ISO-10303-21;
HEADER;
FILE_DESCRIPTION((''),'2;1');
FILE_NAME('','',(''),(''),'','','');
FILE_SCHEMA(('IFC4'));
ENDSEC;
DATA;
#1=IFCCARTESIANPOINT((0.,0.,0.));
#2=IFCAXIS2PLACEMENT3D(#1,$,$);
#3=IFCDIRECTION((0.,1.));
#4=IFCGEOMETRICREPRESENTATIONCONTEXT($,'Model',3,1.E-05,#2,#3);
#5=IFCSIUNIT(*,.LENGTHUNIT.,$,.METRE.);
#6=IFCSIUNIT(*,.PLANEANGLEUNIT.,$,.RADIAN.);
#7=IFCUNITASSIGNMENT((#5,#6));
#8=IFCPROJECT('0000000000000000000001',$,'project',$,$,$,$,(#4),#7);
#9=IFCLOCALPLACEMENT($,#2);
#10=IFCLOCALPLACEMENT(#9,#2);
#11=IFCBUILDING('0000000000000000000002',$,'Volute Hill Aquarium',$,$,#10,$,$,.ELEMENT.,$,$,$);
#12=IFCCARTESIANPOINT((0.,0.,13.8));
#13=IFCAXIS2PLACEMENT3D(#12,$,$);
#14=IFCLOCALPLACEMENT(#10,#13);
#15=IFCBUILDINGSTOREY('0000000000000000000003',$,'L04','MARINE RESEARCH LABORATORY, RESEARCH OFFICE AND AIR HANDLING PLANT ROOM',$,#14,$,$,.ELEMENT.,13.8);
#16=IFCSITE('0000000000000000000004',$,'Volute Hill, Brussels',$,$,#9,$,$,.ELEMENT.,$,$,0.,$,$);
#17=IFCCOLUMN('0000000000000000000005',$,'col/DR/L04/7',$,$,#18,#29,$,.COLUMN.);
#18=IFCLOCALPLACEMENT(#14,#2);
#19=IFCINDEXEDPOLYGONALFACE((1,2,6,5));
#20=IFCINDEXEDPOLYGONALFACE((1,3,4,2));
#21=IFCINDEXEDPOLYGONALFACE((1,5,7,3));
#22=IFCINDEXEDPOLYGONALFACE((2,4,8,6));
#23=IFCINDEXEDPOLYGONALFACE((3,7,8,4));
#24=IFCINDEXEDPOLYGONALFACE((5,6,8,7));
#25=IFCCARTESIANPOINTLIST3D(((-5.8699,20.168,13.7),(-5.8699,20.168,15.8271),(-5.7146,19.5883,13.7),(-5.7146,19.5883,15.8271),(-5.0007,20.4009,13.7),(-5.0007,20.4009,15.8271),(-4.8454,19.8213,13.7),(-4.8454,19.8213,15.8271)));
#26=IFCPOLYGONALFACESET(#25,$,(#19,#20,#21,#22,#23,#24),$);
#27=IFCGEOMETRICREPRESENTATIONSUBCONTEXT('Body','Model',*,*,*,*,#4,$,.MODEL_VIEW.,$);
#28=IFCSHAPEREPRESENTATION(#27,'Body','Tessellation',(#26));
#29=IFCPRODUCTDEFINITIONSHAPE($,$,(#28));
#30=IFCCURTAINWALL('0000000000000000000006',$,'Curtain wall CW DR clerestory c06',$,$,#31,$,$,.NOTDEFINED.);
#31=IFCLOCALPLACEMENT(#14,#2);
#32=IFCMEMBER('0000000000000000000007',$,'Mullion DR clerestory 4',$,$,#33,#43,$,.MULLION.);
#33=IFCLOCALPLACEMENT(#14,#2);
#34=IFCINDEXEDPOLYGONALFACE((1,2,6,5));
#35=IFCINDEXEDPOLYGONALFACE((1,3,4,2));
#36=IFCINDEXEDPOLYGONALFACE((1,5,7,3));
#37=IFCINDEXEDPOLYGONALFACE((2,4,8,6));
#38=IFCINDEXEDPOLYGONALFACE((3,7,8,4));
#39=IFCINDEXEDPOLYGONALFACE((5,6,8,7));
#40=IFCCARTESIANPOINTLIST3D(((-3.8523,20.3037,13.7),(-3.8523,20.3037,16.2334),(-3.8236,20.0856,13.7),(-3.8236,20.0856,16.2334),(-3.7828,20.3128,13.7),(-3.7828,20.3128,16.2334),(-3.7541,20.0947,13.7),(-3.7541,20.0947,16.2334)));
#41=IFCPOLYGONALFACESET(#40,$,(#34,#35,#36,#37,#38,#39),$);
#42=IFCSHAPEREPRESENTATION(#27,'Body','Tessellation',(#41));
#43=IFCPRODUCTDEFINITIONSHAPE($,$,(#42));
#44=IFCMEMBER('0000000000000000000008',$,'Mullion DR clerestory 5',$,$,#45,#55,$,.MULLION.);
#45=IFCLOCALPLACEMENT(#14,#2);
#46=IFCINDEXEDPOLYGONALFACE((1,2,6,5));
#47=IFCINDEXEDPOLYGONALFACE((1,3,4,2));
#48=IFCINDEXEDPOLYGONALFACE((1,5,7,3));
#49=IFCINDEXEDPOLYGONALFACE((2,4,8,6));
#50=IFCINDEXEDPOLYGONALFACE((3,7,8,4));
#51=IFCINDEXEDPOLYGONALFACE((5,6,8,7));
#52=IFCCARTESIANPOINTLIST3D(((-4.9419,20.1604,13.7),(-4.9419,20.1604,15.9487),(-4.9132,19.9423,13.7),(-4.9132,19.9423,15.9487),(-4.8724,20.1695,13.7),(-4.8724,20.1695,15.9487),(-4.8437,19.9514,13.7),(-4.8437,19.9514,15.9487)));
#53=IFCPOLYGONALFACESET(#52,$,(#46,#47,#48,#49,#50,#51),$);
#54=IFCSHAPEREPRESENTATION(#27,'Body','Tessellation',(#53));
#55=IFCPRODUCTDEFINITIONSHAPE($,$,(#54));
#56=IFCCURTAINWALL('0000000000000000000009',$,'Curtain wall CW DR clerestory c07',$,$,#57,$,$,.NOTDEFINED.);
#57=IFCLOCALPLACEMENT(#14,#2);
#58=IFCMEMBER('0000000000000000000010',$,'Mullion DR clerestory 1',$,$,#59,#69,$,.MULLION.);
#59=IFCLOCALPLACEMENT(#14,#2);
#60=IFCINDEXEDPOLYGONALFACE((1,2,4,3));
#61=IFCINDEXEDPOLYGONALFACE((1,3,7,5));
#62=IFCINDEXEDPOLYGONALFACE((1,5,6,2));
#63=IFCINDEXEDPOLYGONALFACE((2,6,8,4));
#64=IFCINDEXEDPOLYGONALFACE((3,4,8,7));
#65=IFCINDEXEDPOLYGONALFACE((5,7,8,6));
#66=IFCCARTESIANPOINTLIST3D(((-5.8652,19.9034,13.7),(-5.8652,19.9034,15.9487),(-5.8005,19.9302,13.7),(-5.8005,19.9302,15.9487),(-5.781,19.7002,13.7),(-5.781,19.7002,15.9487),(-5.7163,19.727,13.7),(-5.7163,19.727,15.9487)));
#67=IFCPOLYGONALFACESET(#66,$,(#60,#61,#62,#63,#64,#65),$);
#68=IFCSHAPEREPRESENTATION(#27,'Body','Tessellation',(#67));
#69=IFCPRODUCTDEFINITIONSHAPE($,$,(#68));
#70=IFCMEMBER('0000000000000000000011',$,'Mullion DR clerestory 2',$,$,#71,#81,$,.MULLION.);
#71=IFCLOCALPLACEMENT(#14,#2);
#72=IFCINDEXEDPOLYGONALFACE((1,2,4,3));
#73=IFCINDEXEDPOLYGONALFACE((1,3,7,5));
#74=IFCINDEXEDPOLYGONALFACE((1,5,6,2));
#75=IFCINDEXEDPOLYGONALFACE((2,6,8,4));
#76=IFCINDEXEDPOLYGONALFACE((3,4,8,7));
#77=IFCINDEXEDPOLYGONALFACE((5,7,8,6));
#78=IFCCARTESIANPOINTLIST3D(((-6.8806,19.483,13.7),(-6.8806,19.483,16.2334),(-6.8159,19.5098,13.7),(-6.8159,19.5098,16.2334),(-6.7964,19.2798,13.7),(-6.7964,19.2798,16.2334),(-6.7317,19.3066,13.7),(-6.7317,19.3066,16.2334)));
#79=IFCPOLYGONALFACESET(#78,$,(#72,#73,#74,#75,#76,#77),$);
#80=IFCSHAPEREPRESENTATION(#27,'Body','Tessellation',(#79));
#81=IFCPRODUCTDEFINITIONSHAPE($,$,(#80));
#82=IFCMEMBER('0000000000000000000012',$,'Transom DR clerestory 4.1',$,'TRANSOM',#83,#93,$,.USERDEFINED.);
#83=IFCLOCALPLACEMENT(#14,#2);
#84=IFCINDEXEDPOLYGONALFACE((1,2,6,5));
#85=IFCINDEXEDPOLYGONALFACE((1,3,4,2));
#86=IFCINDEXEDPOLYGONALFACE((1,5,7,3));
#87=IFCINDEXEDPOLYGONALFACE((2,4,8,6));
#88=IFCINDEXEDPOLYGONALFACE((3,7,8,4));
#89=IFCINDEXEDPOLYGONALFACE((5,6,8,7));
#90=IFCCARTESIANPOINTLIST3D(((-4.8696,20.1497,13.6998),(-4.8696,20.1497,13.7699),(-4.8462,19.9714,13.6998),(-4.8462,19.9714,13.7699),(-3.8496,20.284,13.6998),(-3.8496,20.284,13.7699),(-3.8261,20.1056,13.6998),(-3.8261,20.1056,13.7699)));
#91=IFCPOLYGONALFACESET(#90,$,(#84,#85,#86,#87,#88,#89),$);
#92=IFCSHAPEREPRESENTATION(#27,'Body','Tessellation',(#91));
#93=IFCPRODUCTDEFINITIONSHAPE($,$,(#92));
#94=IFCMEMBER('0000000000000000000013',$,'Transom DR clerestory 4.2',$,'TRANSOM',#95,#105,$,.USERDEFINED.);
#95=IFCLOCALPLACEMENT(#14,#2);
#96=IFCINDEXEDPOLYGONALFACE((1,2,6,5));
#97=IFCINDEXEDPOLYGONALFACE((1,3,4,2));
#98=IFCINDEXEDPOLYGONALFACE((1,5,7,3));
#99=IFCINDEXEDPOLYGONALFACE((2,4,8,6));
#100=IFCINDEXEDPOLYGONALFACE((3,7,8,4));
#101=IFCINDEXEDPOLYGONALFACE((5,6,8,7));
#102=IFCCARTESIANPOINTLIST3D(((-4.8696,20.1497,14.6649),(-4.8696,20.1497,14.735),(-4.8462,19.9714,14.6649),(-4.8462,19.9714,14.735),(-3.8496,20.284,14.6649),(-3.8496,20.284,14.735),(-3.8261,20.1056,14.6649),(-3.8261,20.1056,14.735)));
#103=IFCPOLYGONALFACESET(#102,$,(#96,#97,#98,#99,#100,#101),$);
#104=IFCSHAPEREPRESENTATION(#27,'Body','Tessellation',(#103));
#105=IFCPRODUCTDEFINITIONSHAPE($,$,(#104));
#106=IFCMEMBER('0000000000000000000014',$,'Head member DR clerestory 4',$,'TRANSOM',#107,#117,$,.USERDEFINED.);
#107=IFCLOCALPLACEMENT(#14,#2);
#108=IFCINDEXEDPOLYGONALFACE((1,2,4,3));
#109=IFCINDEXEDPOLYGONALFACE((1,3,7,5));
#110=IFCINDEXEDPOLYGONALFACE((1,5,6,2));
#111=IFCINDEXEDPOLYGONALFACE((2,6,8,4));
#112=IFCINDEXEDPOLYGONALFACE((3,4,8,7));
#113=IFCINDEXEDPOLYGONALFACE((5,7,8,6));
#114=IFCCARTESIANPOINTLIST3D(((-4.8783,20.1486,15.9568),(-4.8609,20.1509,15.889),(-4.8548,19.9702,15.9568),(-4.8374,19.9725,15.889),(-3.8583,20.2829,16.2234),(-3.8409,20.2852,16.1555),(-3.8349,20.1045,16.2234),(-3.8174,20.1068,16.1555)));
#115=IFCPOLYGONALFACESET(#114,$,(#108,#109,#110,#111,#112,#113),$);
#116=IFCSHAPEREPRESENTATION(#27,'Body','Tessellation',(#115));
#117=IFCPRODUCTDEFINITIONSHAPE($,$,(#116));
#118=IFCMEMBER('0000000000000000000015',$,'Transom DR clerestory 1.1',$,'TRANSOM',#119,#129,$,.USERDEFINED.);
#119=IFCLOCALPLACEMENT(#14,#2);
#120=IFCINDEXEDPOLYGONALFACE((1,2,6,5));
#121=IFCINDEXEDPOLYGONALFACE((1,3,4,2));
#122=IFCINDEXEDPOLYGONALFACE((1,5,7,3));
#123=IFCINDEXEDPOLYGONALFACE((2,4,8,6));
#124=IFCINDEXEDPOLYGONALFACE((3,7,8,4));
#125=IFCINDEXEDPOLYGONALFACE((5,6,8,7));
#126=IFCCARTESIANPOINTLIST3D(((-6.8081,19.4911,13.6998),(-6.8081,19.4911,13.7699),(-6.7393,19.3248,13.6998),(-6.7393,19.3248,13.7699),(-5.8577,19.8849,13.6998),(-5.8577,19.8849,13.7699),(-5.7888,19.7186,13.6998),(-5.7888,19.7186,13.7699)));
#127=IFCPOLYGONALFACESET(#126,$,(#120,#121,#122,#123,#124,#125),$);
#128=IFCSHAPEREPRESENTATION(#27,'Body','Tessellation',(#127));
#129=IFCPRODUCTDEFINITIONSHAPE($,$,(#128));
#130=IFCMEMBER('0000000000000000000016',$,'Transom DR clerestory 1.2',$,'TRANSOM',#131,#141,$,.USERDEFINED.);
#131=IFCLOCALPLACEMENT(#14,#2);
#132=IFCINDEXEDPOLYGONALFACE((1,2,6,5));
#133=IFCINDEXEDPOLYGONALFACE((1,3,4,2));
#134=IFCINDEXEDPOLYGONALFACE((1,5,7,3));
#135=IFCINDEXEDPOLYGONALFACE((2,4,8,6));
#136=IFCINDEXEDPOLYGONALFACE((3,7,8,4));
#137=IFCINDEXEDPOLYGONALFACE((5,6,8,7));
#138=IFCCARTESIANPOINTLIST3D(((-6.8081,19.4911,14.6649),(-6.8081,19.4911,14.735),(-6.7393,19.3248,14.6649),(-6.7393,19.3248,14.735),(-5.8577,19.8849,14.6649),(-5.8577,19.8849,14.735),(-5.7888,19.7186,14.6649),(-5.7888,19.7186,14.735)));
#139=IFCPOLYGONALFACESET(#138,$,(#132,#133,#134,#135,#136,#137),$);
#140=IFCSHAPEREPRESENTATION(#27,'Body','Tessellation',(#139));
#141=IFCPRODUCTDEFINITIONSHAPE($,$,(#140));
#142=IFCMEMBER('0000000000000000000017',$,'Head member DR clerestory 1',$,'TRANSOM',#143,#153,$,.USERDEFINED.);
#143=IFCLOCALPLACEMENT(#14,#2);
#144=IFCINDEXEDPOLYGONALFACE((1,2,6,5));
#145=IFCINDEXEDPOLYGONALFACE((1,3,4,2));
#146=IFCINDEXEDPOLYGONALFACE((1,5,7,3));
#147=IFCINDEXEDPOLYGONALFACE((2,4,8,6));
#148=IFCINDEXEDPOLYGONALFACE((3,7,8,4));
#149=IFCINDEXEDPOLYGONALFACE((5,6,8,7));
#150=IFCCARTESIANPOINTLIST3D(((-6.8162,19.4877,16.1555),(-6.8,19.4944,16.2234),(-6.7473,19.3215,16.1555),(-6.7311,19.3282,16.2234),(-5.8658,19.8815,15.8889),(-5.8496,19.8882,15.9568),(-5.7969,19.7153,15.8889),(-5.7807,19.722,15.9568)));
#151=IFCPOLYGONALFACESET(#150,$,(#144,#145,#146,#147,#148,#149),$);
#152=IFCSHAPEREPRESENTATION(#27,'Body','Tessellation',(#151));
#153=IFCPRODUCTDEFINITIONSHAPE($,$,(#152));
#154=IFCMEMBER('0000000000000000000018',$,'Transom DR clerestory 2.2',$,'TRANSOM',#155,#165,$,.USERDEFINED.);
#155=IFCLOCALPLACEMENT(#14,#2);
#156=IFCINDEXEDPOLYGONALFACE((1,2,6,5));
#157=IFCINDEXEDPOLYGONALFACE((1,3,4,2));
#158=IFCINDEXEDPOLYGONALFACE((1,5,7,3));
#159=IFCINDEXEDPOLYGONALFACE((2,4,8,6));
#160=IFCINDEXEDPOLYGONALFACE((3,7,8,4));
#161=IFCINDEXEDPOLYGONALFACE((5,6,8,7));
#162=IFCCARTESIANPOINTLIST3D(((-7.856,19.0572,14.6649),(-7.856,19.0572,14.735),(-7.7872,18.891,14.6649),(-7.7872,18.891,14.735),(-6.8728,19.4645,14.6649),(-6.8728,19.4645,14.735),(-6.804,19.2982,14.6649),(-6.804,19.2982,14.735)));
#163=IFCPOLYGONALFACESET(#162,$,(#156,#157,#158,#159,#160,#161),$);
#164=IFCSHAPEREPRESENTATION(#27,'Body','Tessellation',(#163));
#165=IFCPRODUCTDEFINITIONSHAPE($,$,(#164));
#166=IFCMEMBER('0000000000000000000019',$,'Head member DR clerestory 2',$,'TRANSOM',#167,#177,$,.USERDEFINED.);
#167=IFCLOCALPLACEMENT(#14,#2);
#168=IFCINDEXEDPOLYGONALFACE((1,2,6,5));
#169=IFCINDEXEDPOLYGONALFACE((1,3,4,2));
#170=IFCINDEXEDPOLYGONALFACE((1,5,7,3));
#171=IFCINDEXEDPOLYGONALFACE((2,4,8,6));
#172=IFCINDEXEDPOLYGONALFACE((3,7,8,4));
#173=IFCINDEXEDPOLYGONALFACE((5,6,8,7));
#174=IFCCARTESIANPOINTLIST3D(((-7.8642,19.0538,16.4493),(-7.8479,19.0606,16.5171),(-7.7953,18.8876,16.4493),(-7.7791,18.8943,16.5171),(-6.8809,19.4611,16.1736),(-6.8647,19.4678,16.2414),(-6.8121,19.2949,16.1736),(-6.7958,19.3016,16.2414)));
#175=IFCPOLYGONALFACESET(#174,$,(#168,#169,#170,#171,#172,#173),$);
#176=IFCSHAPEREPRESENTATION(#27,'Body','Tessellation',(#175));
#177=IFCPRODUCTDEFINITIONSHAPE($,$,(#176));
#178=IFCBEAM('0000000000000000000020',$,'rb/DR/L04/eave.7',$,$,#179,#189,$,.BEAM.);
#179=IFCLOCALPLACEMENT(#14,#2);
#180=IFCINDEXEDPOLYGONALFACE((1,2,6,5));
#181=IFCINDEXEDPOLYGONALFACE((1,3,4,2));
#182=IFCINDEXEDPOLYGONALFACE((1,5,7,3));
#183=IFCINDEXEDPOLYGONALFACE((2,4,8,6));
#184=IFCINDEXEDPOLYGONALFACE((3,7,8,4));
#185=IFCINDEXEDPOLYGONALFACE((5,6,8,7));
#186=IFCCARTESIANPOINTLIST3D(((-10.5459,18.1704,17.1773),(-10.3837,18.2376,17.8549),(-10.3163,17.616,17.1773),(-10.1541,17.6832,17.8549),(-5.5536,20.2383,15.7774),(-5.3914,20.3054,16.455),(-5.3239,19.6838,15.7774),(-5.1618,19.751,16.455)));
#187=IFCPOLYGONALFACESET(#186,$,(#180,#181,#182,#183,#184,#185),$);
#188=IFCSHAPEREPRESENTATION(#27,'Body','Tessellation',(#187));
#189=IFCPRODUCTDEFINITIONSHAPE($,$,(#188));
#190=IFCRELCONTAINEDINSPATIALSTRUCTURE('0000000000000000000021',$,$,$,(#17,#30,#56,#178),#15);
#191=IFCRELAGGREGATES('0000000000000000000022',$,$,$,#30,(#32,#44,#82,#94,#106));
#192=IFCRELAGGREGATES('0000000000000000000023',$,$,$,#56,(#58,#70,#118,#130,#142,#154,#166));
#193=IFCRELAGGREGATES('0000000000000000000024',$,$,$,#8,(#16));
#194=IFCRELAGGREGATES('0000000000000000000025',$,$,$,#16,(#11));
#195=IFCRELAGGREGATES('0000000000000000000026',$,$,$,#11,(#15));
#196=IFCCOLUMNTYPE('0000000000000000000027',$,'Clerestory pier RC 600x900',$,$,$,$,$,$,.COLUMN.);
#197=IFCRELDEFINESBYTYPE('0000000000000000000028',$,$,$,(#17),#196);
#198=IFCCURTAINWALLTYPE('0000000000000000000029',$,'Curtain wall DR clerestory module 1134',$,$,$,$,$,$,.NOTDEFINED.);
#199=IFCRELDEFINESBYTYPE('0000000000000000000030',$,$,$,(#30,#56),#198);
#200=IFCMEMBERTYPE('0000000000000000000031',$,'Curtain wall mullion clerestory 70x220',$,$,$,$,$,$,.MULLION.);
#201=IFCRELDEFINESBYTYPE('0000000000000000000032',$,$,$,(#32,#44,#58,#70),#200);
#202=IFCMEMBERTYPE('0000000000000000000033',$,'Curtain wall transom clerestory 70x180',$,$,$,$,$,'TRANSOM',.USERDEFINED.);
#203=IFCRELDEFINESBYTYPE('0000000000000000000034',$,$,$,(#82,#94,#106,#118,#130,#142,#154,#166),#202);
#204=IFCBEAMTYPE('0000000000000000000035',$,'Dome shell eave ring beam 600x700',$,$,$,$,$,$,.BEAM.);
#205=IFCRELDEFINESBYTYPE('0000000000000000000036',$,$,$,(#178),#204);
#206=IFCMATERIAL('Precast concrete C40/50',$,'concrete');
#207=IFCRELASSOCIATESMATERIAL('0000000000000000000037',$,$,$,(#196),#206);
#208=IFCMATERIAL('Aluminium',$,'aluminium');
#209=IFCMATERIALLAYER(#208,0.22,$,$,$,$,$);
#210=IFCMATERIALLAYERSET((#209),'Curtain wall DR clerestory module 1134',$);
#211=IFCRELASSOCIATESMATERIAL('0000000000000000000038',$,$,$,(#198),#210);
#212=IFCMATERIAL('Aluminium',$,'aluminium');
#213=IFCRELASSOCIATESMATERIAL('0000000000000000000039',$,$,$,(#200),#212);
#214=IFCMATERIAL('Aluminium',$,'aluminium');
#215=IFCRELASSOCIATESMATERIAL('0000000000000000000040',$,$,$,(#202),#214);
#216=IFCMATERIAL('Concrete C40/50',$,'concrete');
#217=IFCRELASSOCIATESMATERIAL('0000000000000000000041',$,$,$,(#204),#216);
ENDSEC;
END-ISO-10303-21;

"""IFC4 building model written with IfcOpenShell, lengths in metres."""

from ifc_helpers import new_model, si_unit, direction, frame, origin, origin_2d, place, context, subcontext, project, spatial, rectangle, extrude, material, layer, layer_set, material_profile, profile_set, type_object, element, aggregate, save


model = new_model("IFC4")

# Units and contexts
model_context = context("Model", 3, precision=1e-05, world=origin(), true_north=direction((0.0, 1.0)))
body_context = subcontext(model_context, "Body", "Model", "MODEL_VIEW")
ifc_project = project(units=[si_unit("LENGTHUNIT", "METRE"), si_unit("PLANEANGLEUNIT", "RADIAN")], contexts=[model_context])

# Site, building, storey
site_placement = place(None, origin())
site = spatial("IfcSite", under=ifc_project, at=site_placement, Name="Volute Hill, Brussels", CompositionType="ELEMENT", RefElevation=0.0)
building_placement = place(site_placement, origin())
building = spatial("IfcBuilding", under=site, at=building_placement, Name="Volute Hill Aquarium", CompositionType="ELEMENT")
storey_placement = place(building_placement, frame((0.0, 0.0, 13.8)))
storey = spatial("IfcBuildingStorey", under=building, at=storey_placement, Name="L04", Description="MARINE RESEARCH LABORATORY, RESEARCH OFFICE AND AIR HANDLING PLANT ROOM", CompositionType="ELEMENT", Elevation=13.8)

# Column
ifc_material_1 = material(Name="Precast concrete C40/50", Category="concrete")
ifc_material_profile_1 = material_profile(ifc_material_1, rectangle(XDim=0.6001, YDim=0.8999, at=origin_2d()), Name="RC pier 600x900")
ifc_profile_set_1 = profile_set([ifc_material_profile_1], Name="Precast concrete C40/50")
column_type = type_object("IfcColumnType", Name="Clerestory pier RC 600x900", PredefinedType="COLUMN", material=ifc_profile_set_1)
column_placement = place(storey_placement, frame((-5.3577, 19.9946, 13.7), z_axis=(0.0, 0.0, 1.0), x_axis=(-0.258819, 0.965926, 0.0)))
element("IfcColumn", 1, at=column_placement, inside=storey, type_object=column_type, Name="col/DR/L04/7", PredefinedType="COLUMN", context=body_context, shape_type="SweptSolid", body=[
    extrude(rectangle(XDim=0.6001, YDim=0.8999, at=origin_2d()), origin(), (0.0, 0.0, 1.0), 2.1272),
])

# Curtain walls, members
ifc_material_2 = material(Name="Aluminium", Category="aluminium")
ifc_layer_1 = layer(ifc_material_2, 0.22)
ifc_layer_set_1 = layer_set([ifc_layer_1], Name="Curtain wall DR clerestory module 1134")
curtain_wall_type = type_object("IfcCurtainWallType", Name="Curtain wall DR clerestory module 1134", PredefinedType="NOTDEFINED", material=ifc_layer_set_1)
curtain_wall_1_placement = place(storey_placement, origin())
curtain_wall_1 = element("IfcCurtainWall", 2, at=curtain_wall_1_placement, inside=storey, type_object=curtain_wall_type, Name="Curtain wall CW DR clerestory c06", PredefinedType="NOTDEFINED")
ifc_material_3 = material(Name="Aluminium", Category="aluminium")
ifc_material_profile_2 = material_profile(ifc_material_3, rectangle(XDim=0.22, YDim=0.0701, at=origin_2d()), Name="Curtain wall mullion clerestory 70x220")
ifc_profile_set_2 = profile_set([ifc_material_profile_2], Name="Aluminium")
member_type_1 = type_object("IfcMemberType", Name="Curtain wall mullion clerestory 70x220", PredefinedType="MULLION", material=ifc_profile_set_2)
member_1_placement = place(storey_placement, frame((-3.8032, 20.1992, 13.7), z_axis=(0.0, 0.0, 1.0), x_axis=(0.130519, -0.991446, 0.0)))
member_1 = element("IfcMember", 3, at=member_1_placement, type_object=member_type_1, Name="Mullion DR clerestory 4", PredefinedType="MULLION", context=body_context, shape_type="SweptSolid", body=[
    extrude(rectangle(XDim=0.22, YDim=0.0701, at=origin_2d()), origin(), (0.0, 0.0, 1.0), 2.5334),
])
member_2_placement = place(storey_placement, frame((-4.8928, 20.0559, 13.7), z_axis=(0.0, 0.0, 1.0), x_axis=(0.130519, -0.991446, 0.0)))
member_2 = element("IfcMember", 4, at=member_2_placement, type_object=member_type_1, Name="Mullion DR clerestory 5", PredefinedType="MULLION", context=body_context, shape_type="SweptSolid", body=[
    extrude(rectangle(XDim=0.22, YDim=0.0701, at=origin_2d()), origin(), (0.0, 0.0, 1.0), 2.2488),
])
curtain_wall_2_placement = place(storey_placement, origin())
curtain_wall_2 = element("IfcCurtainWall", 5, at=curtain_wall_2_placement, inside=storey, type_object=curtain_wall_type, Name="Curtain wall CW DR clerestory c07", PredefinedType="NOTDEFINED")
member_3_placement = place(storey_placement, frame((-5.7908, 19.8152, 13.7), z_axis=(0.0, 0.0, 1.0), x_axis=(0.382696, -0.923874, 0.0)))
member_3 = element("IfcMember", 6, at=member_3_placement, type_object=member_type_1, Name="Mullion DR clerestory 1", PredefinedType="MULLION", context=body_context, shape_type="SweptSolid", body=[
    extrude(rectangle(XDim=0.22, YDim=0.0701, at=origin_2d()), origin(), (0.0, 0.0, 1.0), 2.2488),
])
member_4_placement = place(storey_placement, frame((-6.8062, 19.3948, 13.7), z_axis=(0.0, 0.0, 1.0), x_axis=(0.382696, -0.923874, 0.0)))
member_4 = element("IfcMember", 7, at=member_4_placement, type_object=member_type_1, Name="Mullion DR clerestory 2", PredefinedType="MULLION", context=body_context, shape_type="SweptSolid", body=[
    extrude(rectangle(XDim=0.22, YDim=0.0701, at=origin_2d()), origin(), (0.0, 0.0, 1.0), 2.5334),
])

# Members
ifc_material_4 = material(Name="Aluminium", Category="aluminium")
ifc_material_profile_3 = material_profile(ifc_material_4, rectangle(XDim=0.1799, YDim=0.0701, at=origin_2d()), Name="Curtain wall transom clerestory 70x180")
ifc_profile_set_3 = profile_set([ifc_material_profile_3], Name="Aluminium")
member_type_2 = type_object("IfcMemberType", Name="Curtain wall transom clerestory 70x180", ElementType="TRANSOM", PredefinedType="USERDEFINED", material=ifc_profile_set_3)
member_5_placement = place(storey_placement, frame((-3.8379, 20.1948, 13.7349), z_axis=(-0.991446, -0.130516, 0.0), x_axis=(0.130516, -0.991446, 0.0)))
member_5 = element("IfcMember", 8, at=member_5_placement, type_object=member_type_2, Name="Transom DR clerestory 4.1", ObjectType="TRANSOM", PredefinedType="USERDEFINED", context=body_context, shape_type="SweptSolid", body=[
    extrude(rectangle(XDim=0.1799, YDim=0.0701, at=origin_2d()), origin(), (0.0, 0.0, 1.0), 1.0288),
])
member_6_placement = place(storey_placement, frame((-3.8379, 20.1948, 14.7), z_axis=(-0.991446, -0.130516, 0.0), x_axis=(0.130516, -0.991446, 0.0)))
member_6 = element("IfcMember", 9, at=member_6_placement, type_object=member_type_2, Name="Transom DR clerestory 4.2", ObjectType="TRANSOM", PredefinedType="USERDEFINED", context=body_context, shape_type="SweptSolid", body=[
    extrude(rectangle(XDim=0.1799, YDim=0.0701, at=origin_2d()), origin(), (0.0, 0.0, 1.0), 1.0288),
])
member_7_placement = place(storey_placement, frame((-3.8379, 20.1948, 16.1895), z_axis=(-0.959746, -0.126343, -0.250848), x_axis=(0.130516, -0.991446, 0.0)))
member_7 = element("IfcMember", 10, at=member_7_placement, type_object=member_type_2, Name="Head member DR clerestory 4", ObjectType="TRANSOM", PredefinedType="USERDEFINED", context=body_context, shape_type="SweptSolid", body=[
    extrude(rectangle(XDim=0.1799, YDim=0.0701, at=origin_2d()), origin(), (0.0, 0.0, 1.0), 1.0627),
])
member_8_placement = place(storey_placement, frame((-5.8232, 19.8018, 13.7349), z_axis=(-0.92384, -0.382778, 0.0), x_axis=(0.382778, -0.92384, 0.0)))
member_8 = element("IfcMember", 11, at=member_8_placement, type_object=member_type_2, Name="Transom DR clerestory 1.1", ObjectType="TRANSOM", PredefinedType="USERDEFINED", context=body_context, shape_type="SweptSolid", body=[
    extrude(rectangle(XDim=0.1799, YDim=0.0701, at=origin_2d()), origin(), (0.0, 0.0, 1.0), 1.0288),
])
member_9_placement = place(storey_placement, frame((-5.8232, 19.8018, 14.7), z_axis=(-0.92384, -0.382778, 0.0), x_axis=(0.382778, -0.92384, 0.0)))
member_9 = element("IfcMember", 12, at=member_9_placement, type_object=member_type_2, Name="Transom DR clerestory 1.2", ObjectType="TRANSOM", PredefinedType="USERDEFINED", context=body_context, shape_type="SweptSolid", body=[
    extrude(rectangle(XDim=0.1799, YDim=0.0701, at=origin_2d()), origin(), (0.0, 0.0, 1.0), 1.0288),
])
member_10_placement = place(storey_placement, frame((-5.8232, 19.8018, 15.9229), z_axis=(-0.8943, -0.370539, 0.250854), x_axis=(0.382778, -0.92384, 0.0)))
member_10 = element("IfcMember", 13, at=member_10_placement, type_object=member_type_2, Name="Head member DR clerestory 1", ObjectType="TRANSOM", PredefinedType="USERDEFINED", context=body_context, shape_type="SweptSolid", body=[
    extrude(rectangle(XDim=0.1799, YDim=0.0701, at=origin_2d()), origin(), (0.0, 0.0, 1.0), 1.0627),
])
member_11_placement = place(storey_placement, frame((-6.8384, 19.3813, 14.7), z_axis=(-0.923883, -0.382676, 0.0), x_axis=(0.382676, -0.923883, 0.0)))
member_11 = element("IfcMember", 14, at=member_11_placement, type_object=member_type_2, Name="Transom DR clerestory 2.2", ObjectType="TRANSOM", PredefinedType="USERDEFINED", context=body_context, shape_type="SweptSolid", body=[
    extrude(rectangle(XDim=0.1799, YDim=0.0701, at=origin_2d()), origin(), (0.0, 0.0, 1.0), 1.0642),
])
member_12_placement = place(storey_placement, frame((-6.8384, 19.3813, 16.2075), z_axis=(-0.894368, -0.370451, 0.250743), x_axis=(0.382676, -0.923883, 0.0)))
member_12 = element("IfcMember", 15, at=member_12_placement, type_object=member_type_2, Name="Head member DR clerestory 2", ObjectType="TRANSOM", PredefinedType="USERDEFINED", context=body_context, shape_type="SweptSolid", body=[
    extrude(rectangle(XDim=0.1799, YDim=0.0701, at=origin_2d()), origin(), (0.0, 0.0, 1.0), 1.0994),
])

# Beam
ifc_material_5 = material(Name="Concrete C40/50", Category="concrete")
ifc_material_profile_4 = material_profile(ifc_material_5, rectangle(XDim=0.6001, YDim=0.7, at=origin_2d()), Name="RC beam 600x700")
ifc_profile_set_4 = profile_set([ifc_material_profile_4], Name="Concrete C40/50")
beam_type_1 = type_object("IfcBeamType", Name="Dome shell eave ring beam 600x700", PredefinedType="BEAM", material=ifc_profile_set_4)
beam_1_placement = place(storey_placement, frame((-5.3577, 19.9946, 16.1162), z_axis=(-0.894359, -0.370445, 0.250783), x_axis=(0.382674, -0.923884, 0.0)))
element("IfcBeam", 16, at=beam_1_placement, inside=storey, type_object=beam_type_1, Name="rb/DR/L04/eave.7", PredefinedType="BEAM", context=body_context, shape_type="SweptSolid", body=[
    extrude(rectangle(XDim=0.6001, YDim=0.7, at=origin_2d()), origin(), (0.0, 0.0, 1.0), 5.582),
])

aggregate(curtain_wall_1, [member_1, member_2, member_5, member_6, member_7])
aggregate(curtain_wall_2, [member_3, member_4, member_8, member_9, member_10, member_11, member_12])

save(model, "model.ifc")
